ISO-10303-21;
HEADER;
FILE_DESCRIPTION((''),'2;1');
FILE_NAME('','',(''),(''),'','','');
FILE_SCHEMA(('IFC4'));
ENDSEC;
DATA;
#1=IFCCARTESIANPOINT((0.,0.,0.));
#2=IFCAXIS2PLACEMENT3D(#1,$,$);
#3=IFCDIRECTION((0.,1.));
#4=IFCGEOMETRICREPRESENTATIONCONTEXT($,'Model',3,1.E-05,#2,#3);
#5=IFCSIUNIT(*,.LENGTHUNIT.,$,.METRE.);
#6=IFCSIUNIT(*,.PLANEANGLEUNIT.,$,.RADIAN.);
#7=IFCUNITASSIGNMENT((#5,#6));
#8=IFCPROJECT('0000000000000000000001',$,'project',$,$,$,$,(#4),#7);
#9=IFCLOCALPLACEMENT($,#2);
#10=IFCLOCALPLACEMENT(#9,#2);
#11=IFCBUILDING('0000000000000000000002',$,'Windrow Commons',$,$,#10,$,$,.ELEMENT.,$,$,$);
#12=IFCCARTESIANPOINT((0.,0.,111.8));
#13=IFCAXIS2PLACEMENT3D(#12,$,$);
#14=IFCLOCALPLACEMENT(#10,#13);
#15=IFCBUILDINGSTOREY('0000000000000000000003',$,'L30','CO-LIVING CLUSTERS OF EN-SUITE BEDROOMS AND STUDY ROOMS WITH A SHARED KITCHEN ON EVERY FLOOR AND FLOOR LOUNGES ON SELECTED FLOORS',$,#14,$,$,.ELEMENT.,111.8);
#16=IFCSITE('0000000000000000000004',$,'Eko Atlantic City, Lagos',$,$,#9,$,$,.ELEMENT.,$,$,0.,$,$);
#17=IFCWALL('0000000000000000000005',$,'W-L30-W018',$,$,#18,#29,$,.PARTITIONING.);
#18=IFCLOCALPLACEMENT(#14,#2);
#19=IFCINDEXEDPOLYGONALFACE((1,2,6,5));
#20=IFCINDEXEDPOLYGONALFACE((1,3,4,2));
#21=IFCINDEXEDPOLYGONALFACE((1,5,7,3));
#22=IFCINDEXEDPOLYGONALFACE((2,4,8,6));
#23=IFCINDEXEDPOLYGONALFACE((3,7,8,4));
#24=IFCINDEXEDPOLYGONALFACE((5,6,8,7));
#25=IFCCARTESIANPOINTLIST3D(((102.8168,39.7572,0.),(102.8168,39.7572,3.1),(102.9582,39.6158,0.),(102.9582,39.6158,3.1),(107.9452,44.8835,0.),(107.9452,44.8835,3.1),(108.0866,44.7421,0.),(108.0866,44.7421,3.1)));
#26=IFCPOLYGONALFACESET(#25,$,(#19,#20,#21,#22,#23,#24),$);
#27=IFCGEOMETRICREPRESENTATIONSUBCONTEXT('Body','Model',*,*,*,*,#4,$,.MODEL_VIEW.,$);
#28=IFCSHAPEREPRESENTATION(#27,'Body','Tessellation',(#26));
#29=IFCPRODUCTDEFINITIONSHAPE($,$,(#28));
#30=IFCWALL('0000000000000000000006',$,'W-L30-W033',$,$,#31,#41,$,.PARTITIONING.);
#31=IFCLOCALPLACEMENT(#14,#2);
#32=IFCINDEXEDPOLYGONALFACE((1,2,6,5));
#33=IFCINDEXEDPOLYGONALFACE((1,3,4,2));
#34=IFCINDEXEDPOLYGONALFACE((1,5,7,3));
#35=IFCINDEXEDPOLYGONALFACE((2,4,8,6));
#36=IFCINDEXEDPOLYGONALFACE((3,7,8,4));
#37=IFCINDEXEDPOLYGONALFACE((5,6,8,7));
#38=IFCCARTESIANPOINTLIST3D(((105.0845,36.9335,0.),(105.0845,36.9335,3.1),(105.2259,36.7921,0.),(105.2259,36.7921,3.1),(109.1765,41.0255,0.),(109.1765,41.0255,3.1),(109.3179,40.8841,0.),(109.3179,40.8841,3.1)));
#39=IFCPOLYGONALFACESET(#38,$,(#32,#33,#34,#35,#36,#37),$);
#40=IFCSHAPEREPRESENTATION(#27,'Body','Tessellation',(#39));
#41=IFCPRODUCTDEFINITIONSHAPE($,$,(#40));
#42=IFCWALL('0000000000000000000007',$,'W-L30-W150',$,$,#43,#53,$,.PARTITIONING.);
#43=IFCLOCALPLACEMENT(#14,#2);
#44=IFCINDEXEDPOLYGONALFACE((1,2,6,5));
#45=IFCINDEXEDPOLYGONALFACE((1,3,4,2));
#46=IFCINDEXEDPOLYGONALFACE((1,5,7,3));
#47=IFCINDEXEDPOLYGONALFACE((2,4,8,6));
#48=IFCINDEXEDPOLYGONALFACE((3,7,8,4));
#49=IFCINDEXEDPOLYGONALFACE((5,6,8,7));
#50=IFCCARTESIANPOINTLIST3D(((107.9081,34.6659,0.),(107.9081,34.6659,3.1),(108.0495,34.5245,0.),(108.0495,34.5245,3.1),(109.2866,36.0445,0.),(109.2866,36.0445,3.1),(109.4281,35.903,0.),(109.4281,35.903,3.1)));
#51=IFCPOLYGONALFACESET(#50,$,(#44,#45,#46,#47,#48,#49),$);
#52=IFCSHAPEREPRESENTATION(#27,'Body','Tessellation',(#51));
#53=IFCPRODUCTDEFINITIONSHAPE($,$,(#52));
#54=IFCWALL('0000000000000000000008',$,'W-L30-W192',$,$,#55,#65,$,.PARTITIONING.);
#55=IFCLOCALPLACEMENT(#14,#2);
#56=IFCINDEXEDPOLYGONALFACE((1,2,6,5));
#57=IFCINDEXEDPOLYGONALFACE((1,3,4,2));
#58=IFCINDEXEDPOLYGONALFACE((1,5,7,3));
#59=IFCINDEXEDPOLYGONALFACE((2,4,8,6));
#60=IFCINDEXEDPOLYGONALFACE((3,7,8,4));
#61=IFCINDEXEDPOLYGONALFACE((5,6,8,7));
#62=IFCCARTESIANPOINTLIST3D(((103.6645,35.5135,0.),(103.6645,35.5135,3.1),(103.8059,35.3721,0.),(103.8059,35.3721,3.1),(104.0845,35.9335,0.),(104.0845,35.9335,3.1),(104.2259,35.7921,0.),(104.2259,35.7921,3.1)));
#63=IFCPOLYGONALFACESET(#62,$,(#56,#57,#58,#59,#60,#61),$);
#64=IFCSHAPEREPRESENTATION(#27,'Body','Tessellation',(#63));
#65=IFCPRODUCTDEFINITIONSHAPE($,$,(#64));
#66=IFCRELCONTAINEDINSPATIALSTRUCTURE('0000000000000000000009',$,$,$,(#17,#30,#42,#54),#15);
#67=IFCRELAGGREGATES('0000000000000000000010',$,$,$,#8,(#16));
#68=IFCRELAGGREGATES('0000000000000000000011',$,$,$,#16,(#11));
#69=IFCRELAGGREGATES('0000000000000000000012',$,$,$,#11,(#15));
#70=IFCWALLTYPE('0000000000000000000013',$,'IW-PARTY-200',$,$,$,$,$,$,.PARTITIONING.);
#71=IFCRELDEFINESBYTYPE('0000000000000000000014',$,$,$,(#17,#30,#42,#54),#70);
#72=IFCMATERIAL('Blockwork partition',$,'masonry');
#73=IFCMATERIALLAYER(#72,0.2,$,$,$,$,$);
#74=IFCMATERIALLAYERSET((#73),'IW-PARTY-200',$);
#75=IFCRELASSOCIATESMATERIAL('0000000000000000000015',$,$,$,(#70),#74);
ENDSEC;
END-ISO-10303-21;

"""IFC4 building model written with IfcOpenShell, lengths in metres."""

from ifc_helpers import new_model, si_unit, direction, frame, frame_2d, origin, place, context, subcontext, project, spatial, rectangle, extrude, material, layer, layer_set, type_object, element, save


model = new_model("IFC4")

# Units and contexts
model_context = context("Model", 3, precision=1e-05, world=origin(), true_north=direction((0.0, 1.0)))
body_context = subcontext(model_context, "Body", "Model", "MODEL_VIEW")
ifc_project = project(units=[si_unit("LENGTHUNIT", "METRE"), si_unit("PLANEANGLEUNIT", "RADIAN")], contexts=[model_context])

# Site, building, storey
site_placement = place(None, origin())
site = spatial("IfcSite", under=ifc_project, at=site_placement, Name="Eko Atlantic City, Lagos", CompositionType="ELEMENT", RefElevation=0.0)
building_placement = place(site_placement, origin())
building = spatial("IfcBuilding", under=site, at=building_placement, Name="Windrow Commons", CompositionType="ELEMENT")
storey_placement = place(building_placement, frame((0.0, 0.0, 111.8)))
storey = spatial("IfcBuildingStorey", under=building, at=storey_placement, Name="L30", Description="CO-LIVING CLUSTERS OF EN-SUITE BEDROOMS AND STUDY ROOMS WITH A SHARED KITCHEN ON EVERY FLOOR AND FLOOR LOUNGES ON SELECTED FLOORS", CompositionType="ELEMENT", Elevation=111.8)

# Walls
ifc_material_1 = material(Name="Blockwork partition", Category="masonry")
ifc_layer_1 = layer(ifc_material_1, 0.2)
ifc_layer_set_1 = layer_set([ifc_layer_1], Name="IW-PARTY-200")
wall_type_1 = type_object("IfcWallType", Name="IW-PARTY-200", PredefinedType="PARTITIONING", material=ifc_layer_set_1)
wall_1_placement = place(storey_placement, frame((102.8875, 39.6865, 0.0), z_axis=(0.0, 0.0, 1.0), x_axis=(0.707252, 0.706962, 0.0)))
element("IfcWall", 1, at=wall_1_placement, inside=storey, type_object=wall_type_1, Name="W-L30-W018", PredefinedType="PARTITIONING", context=body_context, shape_type="SweptSolid", body=[
    extrude(rectangle(XDim=7.2512, YDim=0.2, at=frame_2d((3.6256, 0.0))), origin(), (0.0, 0.0, 1.0), 3.1),
])
wall_2_placement = place(storey_placement, frame((105.1552, 36.8628, 0.0), z_axis=(0.0, 0.0, 1.0), x_axis=(0.707107, 0.707107, 0.0)))
element("IfcWall", 2, at=wall_2_placement, inside=storey, type_object=wall_type_1, Name="W-L30-W033", PredefinedType="PARTITIONING", context=body_context, shape_type="SweptSolid", body=[
    extrude(rectangle(XDim=5.787, YDim=0.2, at=frame_2d((2.8935, 0.0))), origin(), (0.0, 0.0, 1.0), 3.1),
])
wall_3_placement = place(storey_placement, frame((107.9788, 34.5952, 0.0), z_axis=(0.0, 0.0, 1.0), x_axis=(0.707107, 0.707107, 0.0)))
element("IfcWall", 3, at=wall_3_placement, inside=storey, type_object=wall_type_1, Name="W-L30-W150", PredefinedType="PARTITIONING", context=body_context, shape_type="SweptSolid", body=[
    extrude(rectangle(XDim=1.9495, YDim=0.2, at=frame_2d((0.9748, 0.0))), origin(), (0.0, 0.0, 1.0), 3.1),
])
wall_4_placement = place(storey_placement, frame((103.7352, 35.4428, 0.0), z_axis=(0.0, 0.0, 1.0), x_axis=(0.707107, 0.707107, 0.0)))
element("IfcWall", 4, at=wall_4_placement, inside=storey, type_object=wall_type_1, Name="W-L30-W192", PredefinedType="PARTITIONING", context=body_context, shape_type="SweptSolid", body=[
    extrude(rectangle(XDim=0.594, YDim=0.2, at=frame_2d((0.297, 0.0))), origin(), (0.0, 0.0, 1.0), 3.1),
])

save(model, "model.ifc")
